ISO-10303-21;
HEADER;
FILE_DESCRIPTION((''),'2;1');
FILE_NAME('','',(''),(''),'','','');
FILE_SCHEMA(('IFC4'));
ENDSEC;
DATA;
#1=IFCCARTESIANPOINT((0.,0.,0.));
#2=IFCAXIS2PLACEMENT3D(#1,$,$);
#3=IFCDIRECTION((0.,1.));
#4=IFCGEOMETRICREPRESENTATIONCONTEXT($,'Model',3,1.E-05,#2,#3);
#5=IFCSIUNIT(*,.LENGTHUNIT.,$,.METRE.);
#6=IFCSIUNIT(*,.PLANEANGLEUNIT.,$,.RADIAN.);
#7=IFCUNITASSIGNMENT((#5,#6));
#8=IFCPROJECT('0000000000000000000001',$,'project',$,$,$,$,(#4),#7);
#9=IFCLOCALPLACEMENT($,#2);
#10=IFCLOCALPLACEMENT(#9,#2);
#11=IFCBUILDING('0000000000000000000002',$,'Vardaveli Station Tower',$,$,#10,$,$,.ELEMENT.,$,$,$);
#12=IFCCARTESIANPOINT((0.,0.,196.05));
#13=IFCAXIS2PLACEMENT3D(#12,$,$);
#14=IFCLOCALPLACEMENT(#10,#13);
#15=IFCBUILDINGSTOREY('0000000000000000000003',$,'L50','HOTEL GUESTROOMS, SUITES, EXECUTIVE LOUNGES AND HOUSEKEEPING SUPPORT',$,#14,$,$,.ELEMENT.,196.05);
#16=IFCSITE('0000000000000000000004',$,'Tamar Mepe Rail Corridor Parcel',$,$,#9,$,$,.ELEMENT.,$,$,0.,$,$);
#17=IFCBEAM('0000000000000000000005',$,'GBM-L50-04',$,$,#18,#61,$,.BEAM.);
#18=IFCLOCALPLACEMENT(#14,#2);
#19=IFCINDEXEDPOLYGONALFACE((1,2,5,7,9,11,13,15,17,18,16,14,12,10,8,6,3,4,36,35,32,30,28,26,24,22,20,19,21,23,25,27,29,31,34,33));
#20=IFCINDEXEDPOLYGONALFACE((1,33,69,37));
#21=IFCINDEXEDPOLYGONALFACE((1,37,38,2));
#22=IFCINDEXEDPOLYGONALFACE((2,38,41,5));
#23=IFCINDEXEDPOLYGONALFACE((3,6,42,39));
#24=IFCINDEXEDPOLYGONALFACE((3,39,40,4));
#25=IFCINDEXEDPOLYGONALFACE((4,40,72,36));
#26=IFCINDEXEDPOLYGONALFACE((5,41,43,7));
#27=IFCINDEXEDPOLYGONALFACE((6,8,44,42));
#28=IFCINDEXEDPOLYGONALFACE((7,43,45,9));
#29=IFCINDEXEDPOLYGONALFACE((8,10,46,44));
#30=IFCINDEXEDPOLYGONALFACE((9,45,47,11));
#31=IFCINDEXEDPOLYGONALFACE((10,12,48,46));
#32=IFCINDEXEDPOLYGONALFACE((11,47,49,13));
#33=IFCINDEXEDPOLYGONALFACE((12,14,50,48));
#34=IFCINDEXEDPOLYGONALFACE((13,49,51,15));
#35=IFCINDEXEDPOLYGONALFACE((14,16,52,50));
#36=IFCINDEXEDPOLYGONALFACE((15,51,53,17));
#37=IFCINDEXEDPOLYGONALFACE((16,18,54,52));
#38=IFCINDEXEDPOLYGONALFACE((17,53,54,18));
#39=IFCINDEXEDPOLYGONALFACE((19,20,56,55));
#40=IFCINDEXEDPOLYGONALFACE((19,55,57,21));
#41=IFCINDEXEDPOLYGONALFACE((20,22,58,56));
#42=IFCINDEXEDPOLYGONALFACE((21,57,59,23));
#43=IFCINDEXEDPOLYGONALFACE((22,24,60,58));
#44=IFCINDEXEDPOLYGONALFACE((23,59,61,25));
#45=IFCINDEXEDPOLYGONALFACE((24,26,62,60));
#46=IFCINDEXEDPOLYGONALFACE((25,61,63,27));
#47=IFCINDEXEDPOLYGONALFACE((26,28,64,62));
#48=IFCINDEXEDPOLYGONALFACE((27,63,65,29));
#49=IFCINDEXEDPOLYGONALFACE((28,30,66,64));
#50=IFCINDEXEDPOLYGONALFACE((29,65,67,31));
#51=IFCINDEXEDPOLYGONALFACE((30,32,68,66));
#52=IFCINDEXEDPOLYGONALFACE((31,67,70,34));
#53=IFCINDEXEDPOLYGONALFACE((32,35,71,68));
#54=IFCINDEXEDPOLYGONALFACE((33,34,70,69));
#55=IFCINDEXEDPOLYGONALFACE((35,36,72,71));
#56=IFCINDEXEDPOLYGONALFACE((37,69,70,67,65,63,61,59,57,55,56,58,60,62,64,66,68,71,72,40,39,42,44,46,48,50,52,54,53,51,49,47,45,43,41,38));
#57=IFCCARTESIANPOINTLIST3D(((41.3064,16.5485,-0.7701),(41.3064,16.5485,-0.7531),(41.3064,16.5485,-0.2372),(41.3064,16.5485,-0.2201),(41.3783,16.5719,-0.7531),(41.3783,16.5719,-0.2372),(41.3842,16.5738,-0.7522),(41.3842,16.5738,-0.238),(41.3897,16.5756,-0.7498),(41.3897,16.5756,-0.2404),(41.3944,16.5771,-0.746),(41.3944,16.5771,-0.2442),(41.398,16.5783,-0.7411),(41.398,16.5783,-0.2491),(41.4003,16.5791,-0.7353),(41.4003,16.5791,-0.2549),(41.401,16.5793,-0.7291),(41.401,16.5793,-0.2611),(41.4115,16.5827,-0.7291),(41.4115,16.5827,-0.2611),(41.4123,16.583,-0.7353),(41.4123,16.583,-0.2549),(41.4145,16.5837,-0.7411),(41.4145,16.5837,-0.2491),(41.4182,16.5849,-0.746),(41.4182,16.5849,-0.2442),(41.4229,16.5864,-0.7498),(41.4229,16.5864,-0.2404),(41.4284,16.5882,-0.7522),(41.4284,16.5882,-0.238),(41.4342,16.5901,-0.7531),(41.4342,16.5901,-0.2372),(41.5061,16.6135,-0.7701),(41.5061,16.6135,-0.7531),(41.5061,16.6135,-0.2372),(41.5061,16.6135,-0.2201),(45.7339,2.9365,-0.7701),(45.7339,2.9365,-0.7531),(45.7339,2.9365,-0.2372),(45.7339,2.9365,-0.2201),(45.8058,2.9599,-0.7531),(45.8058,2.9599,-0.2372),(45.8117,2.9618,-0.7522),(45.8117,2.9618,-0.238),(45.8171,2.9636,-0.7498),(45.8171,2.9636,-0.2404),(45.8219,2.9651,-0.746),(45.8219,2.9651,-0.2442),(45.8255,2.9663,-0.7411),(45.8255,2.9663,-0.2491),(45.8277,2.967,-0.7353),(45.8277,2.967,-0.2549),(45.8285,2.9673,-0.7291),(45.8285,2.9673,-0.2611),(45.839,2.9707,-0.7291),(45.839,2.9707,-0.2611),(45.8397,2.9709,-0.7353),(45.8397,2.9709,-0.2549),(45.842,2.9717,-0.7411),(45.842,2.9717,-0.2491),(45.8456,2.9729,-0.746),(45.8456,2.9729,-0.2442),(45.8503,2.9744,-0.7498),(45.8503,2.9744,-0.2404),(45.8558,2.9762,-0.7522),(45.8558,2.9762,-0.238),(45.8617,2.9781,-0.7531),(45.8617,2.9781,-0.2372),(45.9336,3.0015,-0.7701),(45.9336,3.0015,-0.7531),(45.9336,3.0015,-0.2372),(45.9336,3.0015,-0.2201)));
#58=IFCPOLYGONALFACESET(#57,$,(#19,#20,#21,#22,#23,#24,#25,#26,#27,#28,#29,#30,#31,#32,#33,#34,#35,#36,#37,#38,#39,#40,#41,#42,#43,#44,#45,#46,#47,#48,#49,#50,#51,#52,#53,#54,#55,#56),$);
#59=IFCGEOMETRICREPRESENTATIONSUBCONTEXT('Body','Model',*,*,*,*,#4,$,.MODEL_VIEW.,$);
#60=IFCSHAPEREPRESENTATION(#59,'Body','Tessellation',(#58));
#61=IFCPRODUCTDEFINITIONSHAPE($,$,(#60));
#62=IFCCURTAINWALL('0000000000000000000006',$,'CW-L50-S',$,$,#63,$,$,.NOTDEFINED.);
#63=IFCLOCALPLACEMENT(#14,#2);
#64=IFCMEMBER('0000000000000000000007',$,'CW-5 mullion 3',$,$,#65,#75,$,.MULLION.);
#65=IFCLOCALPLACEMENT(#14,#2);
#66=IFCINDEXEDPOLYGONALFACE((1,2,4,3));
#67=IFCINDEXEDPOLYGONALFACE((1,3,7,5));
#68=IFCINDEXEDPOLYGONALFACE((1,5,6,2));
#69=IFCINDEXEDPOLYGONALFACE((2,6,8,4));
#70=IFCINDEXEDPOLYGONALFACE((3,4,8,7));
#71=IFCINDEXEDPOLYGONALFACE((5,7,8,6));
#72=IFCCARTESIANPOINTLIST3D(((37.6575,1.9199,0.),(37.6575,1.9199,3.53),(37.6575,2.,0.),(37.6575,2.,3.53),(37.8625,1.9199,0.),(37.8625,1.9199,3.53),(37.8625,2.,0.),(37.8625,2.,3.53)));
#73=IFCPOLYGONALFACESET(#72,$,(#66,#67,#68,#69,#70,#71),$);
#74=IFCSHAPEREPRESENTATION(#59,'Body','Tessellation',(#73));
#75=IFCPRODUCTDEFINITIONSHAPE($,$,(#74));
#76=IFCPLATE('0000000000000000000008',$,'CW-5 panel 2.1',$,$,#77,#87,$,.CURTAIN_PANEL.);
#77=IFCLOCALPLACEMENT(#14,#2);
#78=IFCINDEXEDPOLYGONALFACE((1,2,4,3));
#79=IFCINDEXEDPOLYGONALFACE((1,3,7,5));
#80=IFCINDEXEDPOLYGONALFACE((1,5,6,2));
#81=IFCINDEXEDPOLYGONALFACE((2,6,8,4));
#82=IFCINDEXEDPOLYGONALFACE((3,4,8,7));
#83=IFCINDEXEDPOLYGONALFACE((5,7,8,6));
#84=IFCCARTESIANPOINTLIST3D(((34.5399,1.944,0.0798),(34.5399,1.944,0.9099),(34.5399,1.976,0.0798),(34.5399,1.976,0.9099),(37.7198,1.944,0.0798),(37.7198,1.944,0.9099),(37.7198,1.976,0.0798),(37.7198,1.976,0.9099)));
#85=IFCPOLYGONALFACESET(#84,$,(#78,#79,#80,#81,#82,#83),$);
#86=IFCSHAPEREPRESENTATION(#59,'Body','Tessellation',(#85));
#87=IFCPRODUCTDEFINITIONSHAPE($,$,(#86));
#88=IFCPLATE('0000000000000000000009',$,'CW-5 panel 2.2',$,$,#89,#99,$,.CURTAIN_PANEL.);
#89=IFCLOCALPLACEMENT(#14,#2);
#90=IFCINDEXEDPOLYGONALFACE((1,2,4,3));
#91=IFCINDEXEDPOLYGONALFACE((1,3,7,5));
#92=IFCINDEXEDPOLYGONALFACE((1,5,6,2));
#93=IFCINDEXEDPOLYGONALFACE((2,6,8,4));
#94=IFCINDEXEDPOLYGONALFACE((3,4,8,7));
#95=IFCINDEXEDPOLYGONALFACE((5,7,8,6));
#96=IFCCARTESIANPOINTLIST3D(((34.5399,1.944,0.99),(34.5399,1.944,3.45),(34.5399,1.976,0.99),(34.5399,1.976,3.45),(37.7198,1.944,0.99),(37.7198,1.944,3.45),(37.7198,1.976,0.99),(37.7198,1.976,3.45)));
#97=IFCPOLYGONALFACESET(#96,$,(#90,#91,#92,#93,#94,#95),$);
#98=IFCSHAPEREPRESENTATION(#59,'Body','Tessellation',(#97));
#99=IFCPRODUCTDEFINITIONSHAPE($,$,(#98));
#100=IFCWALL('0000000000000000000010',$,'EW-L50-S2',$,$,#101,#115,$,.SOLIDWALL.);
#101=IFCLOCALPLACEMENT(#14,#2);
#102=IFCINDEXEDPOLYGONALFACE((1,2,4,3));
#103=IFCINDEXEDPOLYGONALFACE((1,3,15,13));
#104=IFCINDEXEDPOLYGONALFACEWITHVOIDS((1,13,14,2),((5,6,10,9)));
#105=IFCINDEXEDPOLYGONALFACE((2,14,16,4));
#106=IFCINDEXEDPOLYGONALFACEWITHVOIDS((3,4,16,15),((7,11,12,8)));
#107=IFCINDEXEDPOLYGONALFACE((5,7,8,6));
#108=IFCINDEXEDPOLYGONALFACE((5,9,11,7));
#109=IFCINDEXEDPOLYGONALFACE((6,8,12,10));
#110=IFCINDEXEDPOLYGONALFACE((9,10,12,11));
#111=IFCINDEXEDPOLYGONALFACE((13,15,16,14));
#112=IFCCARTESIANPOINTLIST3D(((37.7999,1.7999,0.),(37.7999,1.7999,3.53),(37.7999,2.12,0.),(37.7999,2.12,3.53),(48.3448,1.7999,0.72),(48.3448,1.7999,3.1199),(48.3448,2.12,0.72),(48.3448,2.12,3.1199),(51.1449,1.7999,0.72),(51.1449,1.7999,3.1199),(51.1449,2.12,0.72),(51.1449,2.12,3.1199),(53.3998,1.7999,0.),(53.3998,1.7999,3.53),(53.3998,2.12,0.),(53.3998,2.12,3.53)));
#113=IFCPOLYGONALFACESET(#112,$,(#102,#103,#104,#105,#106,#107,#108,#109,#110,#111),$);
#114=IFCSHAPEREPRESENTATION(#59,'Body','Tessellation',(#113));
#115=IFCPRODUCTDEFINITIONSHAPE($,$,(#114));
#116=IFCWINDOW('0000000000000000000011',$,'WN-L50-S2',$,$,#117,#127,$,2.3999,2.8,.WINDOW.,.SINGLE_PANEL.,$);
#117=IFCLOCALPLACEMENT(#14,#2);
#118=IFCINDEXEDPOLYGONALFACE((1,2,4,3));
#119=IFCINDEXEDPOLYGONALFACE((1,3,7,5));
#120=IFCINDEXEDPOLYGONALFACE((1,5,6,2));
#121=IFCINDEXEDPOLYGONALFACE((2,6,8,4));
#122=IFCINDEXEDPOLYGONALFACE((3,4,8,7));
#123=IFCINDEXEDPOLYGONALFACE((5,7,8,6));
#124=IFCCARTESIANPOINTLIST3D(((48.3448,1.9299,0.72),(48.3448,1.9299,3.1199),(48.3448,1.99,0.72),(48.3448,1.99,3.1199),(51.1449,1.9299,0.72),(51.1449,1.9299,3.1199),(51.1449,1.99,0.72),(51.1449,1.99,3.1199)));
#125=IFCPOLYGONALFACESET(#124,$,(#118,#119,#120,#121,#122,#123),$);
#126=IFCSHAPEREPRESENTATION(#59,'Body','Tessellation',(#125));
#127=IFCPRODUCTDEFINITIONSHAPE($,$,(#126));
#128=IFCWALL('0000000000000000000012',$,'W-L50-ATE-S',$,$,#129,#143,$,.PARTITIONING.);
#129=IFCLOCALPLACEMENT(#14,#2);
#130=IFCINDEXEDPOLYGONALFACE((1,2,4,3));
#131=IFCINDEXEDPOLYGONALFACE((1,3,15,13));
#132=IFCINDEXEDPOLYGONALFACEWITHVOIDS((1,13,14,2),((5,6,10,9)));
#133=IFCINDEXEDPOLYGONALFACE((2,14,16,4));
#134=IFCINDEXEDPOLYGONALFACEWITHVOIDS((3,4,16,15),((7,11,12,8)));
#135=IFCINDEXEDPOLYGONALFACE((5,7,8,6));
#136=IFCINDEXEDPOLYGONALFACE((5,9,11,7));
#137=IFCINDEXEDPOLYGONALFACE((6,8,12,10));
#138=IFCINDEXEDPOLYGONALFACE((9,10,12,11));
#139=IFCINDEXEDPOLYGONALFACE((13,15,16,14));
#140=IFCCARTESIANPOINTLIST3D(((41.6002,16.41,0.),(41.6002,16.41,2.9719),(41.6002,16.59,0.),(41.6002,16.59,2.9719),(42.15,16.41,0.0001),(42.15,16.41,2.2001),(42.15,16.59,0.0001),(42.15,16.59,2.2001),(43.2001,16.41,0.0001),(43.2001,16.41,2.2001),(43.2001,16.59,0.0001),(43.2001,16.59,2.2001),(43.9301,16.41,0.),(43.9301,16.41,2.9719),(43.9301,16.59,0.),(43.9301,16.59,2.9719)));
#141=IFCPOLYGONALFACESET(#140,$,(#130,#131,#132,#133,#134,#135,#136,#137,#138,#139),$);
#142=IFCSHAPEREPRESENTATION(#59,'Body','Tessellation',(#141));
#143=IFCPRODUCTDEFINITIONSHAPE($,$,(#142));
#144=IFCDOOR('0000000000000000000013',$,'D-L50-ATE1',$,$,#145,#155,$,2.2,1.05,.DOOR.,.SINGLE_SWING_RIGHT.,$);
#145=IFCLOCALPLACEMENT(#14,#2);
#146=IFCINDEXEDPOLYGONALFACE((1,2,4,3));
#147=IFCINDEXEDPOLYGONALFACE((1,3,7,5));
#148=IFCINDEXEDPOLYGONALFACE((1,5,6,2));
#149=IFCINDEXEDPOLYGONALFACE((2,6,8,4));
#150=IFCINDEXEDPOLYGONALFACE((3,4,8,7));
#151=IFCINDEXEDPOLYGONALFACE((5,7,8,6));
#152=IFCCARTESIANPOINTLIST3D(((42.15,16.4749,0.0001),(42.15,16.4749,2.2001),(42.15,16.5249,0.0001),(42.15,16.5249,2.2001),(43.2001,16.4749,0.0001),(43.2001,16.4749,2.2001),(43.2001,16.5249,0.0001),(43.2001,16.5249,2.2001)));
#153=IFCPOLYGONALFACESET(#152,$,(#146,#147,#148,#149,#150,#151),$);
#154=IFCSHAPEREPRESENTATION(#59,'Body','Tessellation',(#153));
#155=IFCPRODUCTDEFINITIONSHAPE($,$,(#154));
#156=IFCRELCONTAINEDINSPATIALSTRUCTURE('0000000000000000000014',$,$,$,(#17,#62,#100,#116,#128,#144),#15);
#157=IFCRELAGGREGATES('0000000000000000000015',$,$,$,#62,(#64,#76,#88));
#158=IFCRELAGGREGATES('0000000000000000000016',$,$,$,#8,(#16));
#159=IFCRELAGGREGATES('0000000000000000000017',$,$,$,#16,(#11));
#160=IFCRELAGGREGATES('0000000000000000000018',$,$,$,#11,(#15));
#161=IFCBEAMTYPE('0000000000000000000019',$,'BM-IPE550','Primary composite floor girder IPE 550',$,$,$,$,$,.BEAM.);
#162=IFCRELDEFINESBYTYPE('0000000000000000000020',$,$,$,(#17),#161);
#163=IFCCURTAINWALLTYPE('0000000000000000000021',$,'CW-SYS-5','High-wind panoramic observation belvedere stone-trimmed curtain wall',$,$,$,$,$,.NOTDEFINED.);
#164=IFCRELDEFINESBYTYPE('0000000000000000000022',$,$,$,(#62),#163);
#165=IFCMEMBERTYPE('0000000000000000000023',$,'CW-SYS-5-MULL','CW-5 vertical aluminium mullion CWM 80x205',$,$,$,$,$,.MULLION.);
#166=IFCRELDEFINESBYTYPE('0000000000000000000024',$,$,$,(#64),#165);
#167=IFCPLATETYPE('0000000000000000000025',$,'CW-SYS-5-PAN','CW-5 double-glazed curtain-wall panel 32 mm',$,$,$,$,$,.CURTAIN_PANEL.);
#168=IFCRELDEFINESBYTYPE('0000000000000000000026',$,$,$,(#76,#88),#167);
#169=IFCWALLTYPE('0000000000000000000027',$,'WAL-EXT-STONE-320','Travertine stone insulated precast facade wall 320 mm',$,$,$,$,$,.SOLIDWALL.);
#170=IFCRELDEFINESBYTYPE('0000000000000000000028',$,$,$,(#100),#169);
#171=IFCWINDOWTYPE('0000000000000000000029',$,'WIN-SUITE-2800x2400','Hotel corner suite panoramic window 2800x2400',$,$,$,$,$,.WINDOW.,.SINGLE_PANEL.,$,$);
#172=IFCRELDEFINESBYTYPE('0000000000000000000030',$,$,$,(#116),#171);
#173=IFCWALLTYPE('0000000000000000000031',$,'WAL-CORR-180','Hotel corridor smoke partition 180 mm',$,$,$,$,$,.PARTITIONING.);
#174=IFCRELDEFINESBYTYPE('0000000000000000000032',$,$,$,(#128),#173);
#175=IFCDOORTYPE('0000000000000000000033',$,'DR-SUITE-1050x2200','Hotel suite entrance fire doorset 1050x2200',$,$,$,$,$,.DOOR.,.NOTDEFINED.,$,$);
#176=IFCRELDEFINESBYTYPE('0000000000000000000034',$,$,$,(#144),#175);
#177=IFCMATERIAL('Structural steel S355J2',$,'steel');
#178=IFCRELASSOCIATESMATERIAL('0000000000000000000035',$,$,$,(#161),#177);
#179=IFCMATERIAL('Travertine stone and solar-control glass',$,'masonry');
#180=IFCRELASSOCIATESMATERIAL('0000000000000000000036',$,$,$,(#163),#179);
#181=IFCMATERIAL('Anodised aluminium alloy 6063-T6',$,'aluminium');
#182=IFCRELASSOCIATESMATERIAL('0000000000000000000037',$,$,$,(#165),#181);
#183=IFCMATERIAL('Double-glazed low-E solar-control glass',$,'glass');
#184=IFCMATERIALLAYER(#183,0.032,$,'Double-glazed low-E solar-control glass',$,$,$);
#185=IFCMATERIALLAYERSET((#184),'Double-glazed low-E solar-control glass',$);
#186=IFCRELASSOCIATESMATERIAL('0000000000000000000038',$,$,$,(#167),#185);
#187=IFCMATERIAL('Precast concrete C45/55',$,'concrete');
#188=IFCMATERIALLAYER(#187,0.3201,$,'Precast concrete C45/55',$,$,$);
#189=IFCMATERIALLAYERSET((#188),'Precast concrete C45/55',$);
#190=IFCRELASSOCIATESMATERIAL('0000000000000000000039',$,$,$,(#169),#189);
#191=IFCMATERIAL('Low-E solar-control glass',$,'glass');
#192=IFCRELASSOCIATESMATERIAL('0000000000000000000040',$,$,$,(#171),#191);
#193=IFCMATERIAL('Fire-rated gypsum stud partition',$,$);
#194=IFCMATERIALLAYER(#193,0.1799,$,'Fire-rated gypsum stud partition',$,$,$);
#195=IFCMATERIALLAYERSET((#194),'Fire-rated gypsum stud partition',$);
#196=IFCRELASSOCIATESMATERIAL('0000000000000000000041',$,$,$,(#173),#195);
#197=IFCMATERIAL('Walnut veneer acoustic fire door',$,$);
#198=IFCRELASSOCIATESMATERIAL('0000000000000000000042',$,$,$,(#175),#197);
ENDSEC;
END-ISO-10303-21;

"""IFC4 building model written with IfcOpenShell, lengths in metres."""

from ifc_helpers import new_model, si_unit, direction, frame, frame_2d, origin, origin_2d, place, context, subcontext, project, spatial, rectangle, i_section, extrude, source, transform, mapped, material, layer, layer_set, material_profile, profile_set, type_object, element, fill, aggregate, save


model = new_model("IFC4")

# Units and contexts
model_context = context("Model", 3, precision=1e-05, world=origin(), true_north=direction((0.0, 1.0)))
body_context = subcontext(model_context, "Body", "Model", "MODEL_VIEW")
ifc_project = project(units=[si_unit("LENGTHUNIT", "METRE"), si_unit("PLANEANGLEUNIT", "RADIAN")], contexts=[model_context])

# Site, building, storey
site_placement = place(None, origin())
site = spatial("IfcSite", under=ifc_project, at=site_placement, Name="Tamar Mepe Rail Corridor Parcel", CompositionType="ELEMENT", RefElevation=0.0)
building_placement = place(site_placement, origin())
building = spatial("IfcBuilding", under=site, at=building_placement, Name="Vardaveli Station Tower", CompositionType="ELEMENT")
storey_placement = place(building_placement, frame((0.0, 0.0, 196.05)))
storey = spatial("IfcBuildingStorey", under=building, at=storey_placement, Name="L50", Description="HOTEL GUESTROOMS, SUITES, EXECUTIVE LOUNGES AND HOUSEKEEPING SUPPORT", CompositionType="ELEMENT", Elevation=196.05)

# Beam
ifc_material_1 = material(Name="Precast concrete C45/55", Category="concrete")
ifc_material_2 = material(Name="Structural steel S355J2", Category="steel")
ifc_material_profile_1 = material_profile(ifc_material_2, i_section(OverallWidth=0.21, OverallDepth=0.55, WebThickness=0.011, FlangeThickness=0.0171, FilletRadius=0.0239, at=origin_2d()), Name="IPE 550")
ifc_profile_set_1 = profile_set([ifc_material_profile_1], Name="Structural steel S355J2")
beam_type_1 = type_object("IfcBeamType", Name="BM-IPE550", Description="Primary composite floor girder IPE 550", PredefinedType="BEAM", material=ifc_profile_set_1)
shared_shape_1 = source(origin(), body_context, "Body", "SweptSolid", [
    extrude(i_section(OverallWidth=0.21, OverallDepth=0.55, WebThickness=0.011, FlangeThickness=0.0171, FilletRadius=0.0239, at=origin_2d()), origin(), (0.0, 0.0, 1.0), 14.314),
])
beam_1_placement = place(storey_placement, frame((45.8337, 2.969, -0.4951), z_axis=(-0.309312, 0.950961, 0.0), x_axis=(-0.950961, -0.309312, 0.0)))
element("IfcBeam", 1, at=beam_1_placement, inside=storey, type_object=beam_type_1, Name="GBM-L50-04", PredefinedType="BEAM", context=body_context, shape_type="MappedRepresentation", body=[
    mapped(shared_shape_1, transform((0.0, 0.0, 0.0), scale=1.0)),
])

# Curtain wall, member, plates
ifc_material_3 = material(Name="Travertine stone and solar-control glass", Category="masonry")
curtain_wall_type = type_object("IfcCurtainWallType", Name="CW-SYS-5", Description="High-wind panoramic observation belvedere stone-trimmed curtain wall", PredefinedType="NOTDEFINED", material=ifc_material_3)
curtain_wall_placement = place(storey_placement, origin())
curtain_wall = element("IfcCurtainWall", 2, at=curtain_wall_placement, inside=storey, type_object=curtain_wall_type, Name="CW-L50-S", PredefinedType="NOTDEFINED")
ifc_material_4 = material(Name="Anodised aluminium alloy 6063-T6", Category="aluminium")
ifc_material_profile_2 = material_profile(ifc_material_4, rectangle(XDim=0.0801, YDim=0.2051, at=origin_2d()), Name="CWM 80x205")
ifc_profile_set_2 = profile_set([ifc_material_profile_2], Name="Anodised aluminium alloy 6063-T6")
member_type = type_object("IfcMemberType", Name="CW-SYS-5-MULL", Description="CW-5 vertical aluminium mullion CWM 80x205", PredefinedType="MULLION", material=ifc_profile_set_2)
shared_shape_2 = source(origin(), body_context, "Body", "SweptSolid", [
    extrude(rectangle(XDim=0.0801, YDim=0.2051, at=origin_2d()), origin(), (0.0, 0.0, 1.0), 3.53),
])
member_placement = place(storey_placement, frame((37.76, 1.96, 0.0), z_axis=(0.0, 0.0, 1.0), x_axis=(0.0, 1.0, 0.0)))
member = element("IfcMember", 3, at=member_placement, type_object=member_type, Name="CW-5 mullion 3", PredefinedType="MULLION", context=body_context, shape_type="MappedRepresentation", body=[
    mapped(shared_shape_2, transform((0.0, 0.0, 0.0), scale=1.0)),
])
ifc_material_5 = material(Name="Double-glazed low-E solar-control glass", Category="glass")
ifc_layer_1 = layer(ifc_material_5, 0.032, Name="Double-glazed low-E solar-control glass")
ifc_layer_set_1 = layer_set([ifc_layer_1], Name="Double-glazed low-E solar-control glass")
plate_type = type_object("IfcPlateType", Name="CW-SYS-5-PAN", Description="CW-5 double-glazed curtain-wall panel 32 mm", PredefinedType="CURTAIN_PANEL", material=ifc_layer_set_1)
shared_shape_3 = source(origin(), body_context, "Body", "SweptSolid", [
    extrude(rectangle(XDim=3.1799, YDim=0.032, at=origin_2d()), origin(), (0.0, 0.0, 1.0), 0.8301),
])
plate_1_placement = place(storey_placement, frame((36.1299, 1.96, 0.0798), z_axis=(0.0, 0.0, 1.0), x_axis=(1.0, 0.0, 0.0)))
plate_1 = element("IfcPlate", 4, at=plate_1_placement, type_object=plate_type, Name="CW-5 panel 2.1", PredefinedType="CURTAIN_PANEL", context=body_context, shape_type="MappedRepresentation", body=[
    mapped(shared_shape_3, transform((0.0, 0.0, 0.0), scale=1.0)),
])
shared_shape_4 = source(origin(), body_context, "Body", "SweptSolid", [
    extrude(rectangle(XDim=3.1799, YDim=0.032, at=origin_2d()), origin(), (0.0, 0.0, 1.0), 2.46),
])
plate_2_placement = place(storey_placement, frame((36.1299, 1.96, 0.99), z_axis=(0.0, 0.0, 1.0), x_axis=(1.0, 0.0, 0.0)))
plate_2 = element("IfcPlate", 5, at=plate_2_placement, type_object=plate_type, Name="CW-5 panel 2.2", PredefinedType="CURTAIN_PANEL", context=body_context, shape_type="MappedRepresentation", body=[
    mapped(shared_shape_4, transform((0.0, 0.0, 0.0), scale=1.0)),
])
aggregate(curtain_wall, [member, plate_1, plate_2])

# Wall, opening, window
ifc_layer_2 = layer(ifc_material_1, 0.3201, Name="Precast concrete C45/55")
ifc_layer_set_2 = layer_set([ifc_layer_2], Name="Precast concrete C45/55")
wall_type_1 = type_object("IfcWallType", Name="WAL-EXT-STONE-320", Description="Travertine stone insulated precast facade wall 320 mm", PredefinedType="SOLIDWALL", material=ifc_layer_set_2)
shared_shape_5 = source(origin(), body_context, "Body", "SweptSolid", [
    extrude(rectangle(XDim=15.5999, YDim=0.3201, at=frame_2d((7.7998, 0.0))), origin(), (0.0, 0.0, 1.0), 3.53),
])
wall_1_placement = place(storey_placement, frame((37.8, 1.96, 0.0), z_axis=(0.0, 0.0, 1.0), x_axis=(1.0, 0.0, 0.0)))
wall_1 = element("IfcWall", 6, at=wall_1_placement, inside=storey, type_object=wall_type_1, Name="EW-L50-S2", PredefinedType="SOLIDWALL", context=body_context, shape_type="MappedRepresentation", body=[
    mapped(shared_shape_5, transform((0.0, 0.0, 0.0), scale=1.0)),
])
shared_shape_6 = source(origin(), body_context, "Body", "SweptSolid", [
    extrude(rectangle(XDim=2.8, YDim=2.3999, at=frame_2d((1.3999, 1.2))), frame((0.0, 0.1699, 0.0), z_axis=(0.0, -1.0, 0.0), x_axis=(1.0, 0.0, 0.0)), (0.0, 0.0, 1.0), 0.3401),
])
opening_1_placement = place(wall_1_placement, frame((10.5449, 0.0, 0.72)))
opening_1 = element("IfcOpeningElement", 7, at=opening_1_placement, cuts=wall_1, PredefinedType="OPENING", context=body_context, shape_type="MappedRepresentation", body=[
    mapped(shared_shape_6, transform((0.0, 0.0, 0.0), scale=1.0)),
])
ifc_material_6 = material(Name="Low-E solar-control glass", Category="glass")
window_type = type_object("IfcWindowType", Name="WIN-SUITE-2800x2400", Description="Hotel corner suite panoramic window 2800x2400", PartitioningType="SINGLE_PANEL", PredefinedType="WINDOW", material=ifc_material_6)
shared_shape_7 = source(origin(), body_context, "Body", "SweptSolid", [
    extrude(rectangle(XDim=2.8, YDim=2.3999, at=frame_2d((1.3999, 1.2))), frame((0.0, 0.03, 0.0), z_axis=(0.0, -1.0, 0.0), x_axis=(1.0, 0.0, 0.0)), (0.0, 0.0, 1.0), 0.0601),
])
window_placement = place(opening_1_placement, origin())
window = element("IfcWindow", 8, at=window_placement, inside=storey, type_object=window_type, Name="WN-L50-S2", OverallHeight=2.3999, OverallWidth=2.8, PartitioningType="SINGLE_PANEL", PredefinedType="WINDOW", context=body_context, shape_type="MappedRepresentation", body=[
    mapped(shared_shape_7, transform((0.0, 0.0, 0.0), scale=1.0)),
])
fill(opening_1, window)

# Wall, opening, door
ifc_material_7 = material(Name="Fire-rated gypsum stud partition")
ifc_layer_3 = layer(ifc_material_7, 0.1799, Name="Fire-rated gypsum stud partition")
ifc_layer_set_3 = layer_set([ifc_layer_3], Name="Fire-rated gypsum stud partition")
wall_type_2 = type_object("IfcWallType", Name="WAL-CORR-180", Description="Hotel corridor smoke partition 180 mm", PredefinedType="PARTITIONING", material=ifc_layer_set_3)
shared_shape_8 = source(origin(), body_context, "Body", "SweptSolid", [
    extrude(rectangle(XDim=2.3298, YDim=0.1799, at=frame_2d((1.165, 0.0))), origin(), (0.0, 0.0, 1.0), 2.9719),
])
wall_2_placement = place(storey_placement, frame((41.6001, 16.5, 0.0), z_axis=(0.0, 0.0, 1.0), x_axis=(1.0, 0.0, 0.0)))
wall_2 = element("IfcWall", 9, at=wall_2_placement, inside=storey, type_object=wall_type_2, Name="W-L50-ATE-S", PredefinedType="PARTITIONING", context=body_context, shape_type="MappedRepresentation", body=[
    mapped(shared_shape_8, transform((0.0, 0.0, 0.0), scale=1.0)),
])
shared_shape_9 = source(origin(), body_context, "Body", "SweptSolid", [
    extrude(rectangle(XDim=1.05, YDim=2.2, at=frame_2d((0.5249, 1.1001))), frame((0.0, 0.1001, 0.0), z_axis=(0.0, -1.0, 0.0), x_axis=(1.0, 0.0, 0.0)), (0.0, 0.0, 1.0), 0.2),
])
opening_2_placement = place(wall_2_placement, frame((0.55, 0.0, 0.0)))
opening_2 = element("IfcOpeningElement", 10, at=opening_2_placement, cuts=wall_2, PredefinedType="OPENING", context=body_context, shape_type="MappedRepresentation", body=[
    mapped(shared_shape_9, transform((0.0, 0.0, 0.0), scale=1.0)),
])
ifc_material_8 = material(Name="Walnut veneer acoustic fire door")
door_type_1 = type_object("IfcDoorType", Name="DR-SUITE-1050x2200", Description="Hotel suite entrance fire doorset 1050x2200", OperationType="NOTDEFINED", PredefinedType="DOOR", material=ifc_material_8)
shared_shape_10 = source(origin(), body_context, "Body", "SweptSolid", [
    extrude(rectangle(XDim=1.05, YDim=2.2, at=frame_2d((0.5249, 1.1001))), frame((0.0, 0.0249, 0.0), z_axis=(0.0, -1.0, 0.0), x_axis=(1.0, 0.0, 0.0)), (0.0, 0.0, 1.0), 0.05),
])
door_1_placement = place(opening_2_placement, origin())
door_1 = element("IfcDoor", 11, at=door_1_placement, inside=storey, type_object=door_type_1, Name="D-L50-ATE1", OperationType="SINGLE_SWING_RIGHT", OverallHeight=2.2, OverallWidth=1.05, PredefinedType="DOOR", context=body_context, shape_type="MappedRepresentation", body=[
    mapped(shared_shape_10, transform((0.0, 0.0, 0.0), scale=1.0)),
])
fill(opening_2, door_1)

save(model, "model.ifc")
